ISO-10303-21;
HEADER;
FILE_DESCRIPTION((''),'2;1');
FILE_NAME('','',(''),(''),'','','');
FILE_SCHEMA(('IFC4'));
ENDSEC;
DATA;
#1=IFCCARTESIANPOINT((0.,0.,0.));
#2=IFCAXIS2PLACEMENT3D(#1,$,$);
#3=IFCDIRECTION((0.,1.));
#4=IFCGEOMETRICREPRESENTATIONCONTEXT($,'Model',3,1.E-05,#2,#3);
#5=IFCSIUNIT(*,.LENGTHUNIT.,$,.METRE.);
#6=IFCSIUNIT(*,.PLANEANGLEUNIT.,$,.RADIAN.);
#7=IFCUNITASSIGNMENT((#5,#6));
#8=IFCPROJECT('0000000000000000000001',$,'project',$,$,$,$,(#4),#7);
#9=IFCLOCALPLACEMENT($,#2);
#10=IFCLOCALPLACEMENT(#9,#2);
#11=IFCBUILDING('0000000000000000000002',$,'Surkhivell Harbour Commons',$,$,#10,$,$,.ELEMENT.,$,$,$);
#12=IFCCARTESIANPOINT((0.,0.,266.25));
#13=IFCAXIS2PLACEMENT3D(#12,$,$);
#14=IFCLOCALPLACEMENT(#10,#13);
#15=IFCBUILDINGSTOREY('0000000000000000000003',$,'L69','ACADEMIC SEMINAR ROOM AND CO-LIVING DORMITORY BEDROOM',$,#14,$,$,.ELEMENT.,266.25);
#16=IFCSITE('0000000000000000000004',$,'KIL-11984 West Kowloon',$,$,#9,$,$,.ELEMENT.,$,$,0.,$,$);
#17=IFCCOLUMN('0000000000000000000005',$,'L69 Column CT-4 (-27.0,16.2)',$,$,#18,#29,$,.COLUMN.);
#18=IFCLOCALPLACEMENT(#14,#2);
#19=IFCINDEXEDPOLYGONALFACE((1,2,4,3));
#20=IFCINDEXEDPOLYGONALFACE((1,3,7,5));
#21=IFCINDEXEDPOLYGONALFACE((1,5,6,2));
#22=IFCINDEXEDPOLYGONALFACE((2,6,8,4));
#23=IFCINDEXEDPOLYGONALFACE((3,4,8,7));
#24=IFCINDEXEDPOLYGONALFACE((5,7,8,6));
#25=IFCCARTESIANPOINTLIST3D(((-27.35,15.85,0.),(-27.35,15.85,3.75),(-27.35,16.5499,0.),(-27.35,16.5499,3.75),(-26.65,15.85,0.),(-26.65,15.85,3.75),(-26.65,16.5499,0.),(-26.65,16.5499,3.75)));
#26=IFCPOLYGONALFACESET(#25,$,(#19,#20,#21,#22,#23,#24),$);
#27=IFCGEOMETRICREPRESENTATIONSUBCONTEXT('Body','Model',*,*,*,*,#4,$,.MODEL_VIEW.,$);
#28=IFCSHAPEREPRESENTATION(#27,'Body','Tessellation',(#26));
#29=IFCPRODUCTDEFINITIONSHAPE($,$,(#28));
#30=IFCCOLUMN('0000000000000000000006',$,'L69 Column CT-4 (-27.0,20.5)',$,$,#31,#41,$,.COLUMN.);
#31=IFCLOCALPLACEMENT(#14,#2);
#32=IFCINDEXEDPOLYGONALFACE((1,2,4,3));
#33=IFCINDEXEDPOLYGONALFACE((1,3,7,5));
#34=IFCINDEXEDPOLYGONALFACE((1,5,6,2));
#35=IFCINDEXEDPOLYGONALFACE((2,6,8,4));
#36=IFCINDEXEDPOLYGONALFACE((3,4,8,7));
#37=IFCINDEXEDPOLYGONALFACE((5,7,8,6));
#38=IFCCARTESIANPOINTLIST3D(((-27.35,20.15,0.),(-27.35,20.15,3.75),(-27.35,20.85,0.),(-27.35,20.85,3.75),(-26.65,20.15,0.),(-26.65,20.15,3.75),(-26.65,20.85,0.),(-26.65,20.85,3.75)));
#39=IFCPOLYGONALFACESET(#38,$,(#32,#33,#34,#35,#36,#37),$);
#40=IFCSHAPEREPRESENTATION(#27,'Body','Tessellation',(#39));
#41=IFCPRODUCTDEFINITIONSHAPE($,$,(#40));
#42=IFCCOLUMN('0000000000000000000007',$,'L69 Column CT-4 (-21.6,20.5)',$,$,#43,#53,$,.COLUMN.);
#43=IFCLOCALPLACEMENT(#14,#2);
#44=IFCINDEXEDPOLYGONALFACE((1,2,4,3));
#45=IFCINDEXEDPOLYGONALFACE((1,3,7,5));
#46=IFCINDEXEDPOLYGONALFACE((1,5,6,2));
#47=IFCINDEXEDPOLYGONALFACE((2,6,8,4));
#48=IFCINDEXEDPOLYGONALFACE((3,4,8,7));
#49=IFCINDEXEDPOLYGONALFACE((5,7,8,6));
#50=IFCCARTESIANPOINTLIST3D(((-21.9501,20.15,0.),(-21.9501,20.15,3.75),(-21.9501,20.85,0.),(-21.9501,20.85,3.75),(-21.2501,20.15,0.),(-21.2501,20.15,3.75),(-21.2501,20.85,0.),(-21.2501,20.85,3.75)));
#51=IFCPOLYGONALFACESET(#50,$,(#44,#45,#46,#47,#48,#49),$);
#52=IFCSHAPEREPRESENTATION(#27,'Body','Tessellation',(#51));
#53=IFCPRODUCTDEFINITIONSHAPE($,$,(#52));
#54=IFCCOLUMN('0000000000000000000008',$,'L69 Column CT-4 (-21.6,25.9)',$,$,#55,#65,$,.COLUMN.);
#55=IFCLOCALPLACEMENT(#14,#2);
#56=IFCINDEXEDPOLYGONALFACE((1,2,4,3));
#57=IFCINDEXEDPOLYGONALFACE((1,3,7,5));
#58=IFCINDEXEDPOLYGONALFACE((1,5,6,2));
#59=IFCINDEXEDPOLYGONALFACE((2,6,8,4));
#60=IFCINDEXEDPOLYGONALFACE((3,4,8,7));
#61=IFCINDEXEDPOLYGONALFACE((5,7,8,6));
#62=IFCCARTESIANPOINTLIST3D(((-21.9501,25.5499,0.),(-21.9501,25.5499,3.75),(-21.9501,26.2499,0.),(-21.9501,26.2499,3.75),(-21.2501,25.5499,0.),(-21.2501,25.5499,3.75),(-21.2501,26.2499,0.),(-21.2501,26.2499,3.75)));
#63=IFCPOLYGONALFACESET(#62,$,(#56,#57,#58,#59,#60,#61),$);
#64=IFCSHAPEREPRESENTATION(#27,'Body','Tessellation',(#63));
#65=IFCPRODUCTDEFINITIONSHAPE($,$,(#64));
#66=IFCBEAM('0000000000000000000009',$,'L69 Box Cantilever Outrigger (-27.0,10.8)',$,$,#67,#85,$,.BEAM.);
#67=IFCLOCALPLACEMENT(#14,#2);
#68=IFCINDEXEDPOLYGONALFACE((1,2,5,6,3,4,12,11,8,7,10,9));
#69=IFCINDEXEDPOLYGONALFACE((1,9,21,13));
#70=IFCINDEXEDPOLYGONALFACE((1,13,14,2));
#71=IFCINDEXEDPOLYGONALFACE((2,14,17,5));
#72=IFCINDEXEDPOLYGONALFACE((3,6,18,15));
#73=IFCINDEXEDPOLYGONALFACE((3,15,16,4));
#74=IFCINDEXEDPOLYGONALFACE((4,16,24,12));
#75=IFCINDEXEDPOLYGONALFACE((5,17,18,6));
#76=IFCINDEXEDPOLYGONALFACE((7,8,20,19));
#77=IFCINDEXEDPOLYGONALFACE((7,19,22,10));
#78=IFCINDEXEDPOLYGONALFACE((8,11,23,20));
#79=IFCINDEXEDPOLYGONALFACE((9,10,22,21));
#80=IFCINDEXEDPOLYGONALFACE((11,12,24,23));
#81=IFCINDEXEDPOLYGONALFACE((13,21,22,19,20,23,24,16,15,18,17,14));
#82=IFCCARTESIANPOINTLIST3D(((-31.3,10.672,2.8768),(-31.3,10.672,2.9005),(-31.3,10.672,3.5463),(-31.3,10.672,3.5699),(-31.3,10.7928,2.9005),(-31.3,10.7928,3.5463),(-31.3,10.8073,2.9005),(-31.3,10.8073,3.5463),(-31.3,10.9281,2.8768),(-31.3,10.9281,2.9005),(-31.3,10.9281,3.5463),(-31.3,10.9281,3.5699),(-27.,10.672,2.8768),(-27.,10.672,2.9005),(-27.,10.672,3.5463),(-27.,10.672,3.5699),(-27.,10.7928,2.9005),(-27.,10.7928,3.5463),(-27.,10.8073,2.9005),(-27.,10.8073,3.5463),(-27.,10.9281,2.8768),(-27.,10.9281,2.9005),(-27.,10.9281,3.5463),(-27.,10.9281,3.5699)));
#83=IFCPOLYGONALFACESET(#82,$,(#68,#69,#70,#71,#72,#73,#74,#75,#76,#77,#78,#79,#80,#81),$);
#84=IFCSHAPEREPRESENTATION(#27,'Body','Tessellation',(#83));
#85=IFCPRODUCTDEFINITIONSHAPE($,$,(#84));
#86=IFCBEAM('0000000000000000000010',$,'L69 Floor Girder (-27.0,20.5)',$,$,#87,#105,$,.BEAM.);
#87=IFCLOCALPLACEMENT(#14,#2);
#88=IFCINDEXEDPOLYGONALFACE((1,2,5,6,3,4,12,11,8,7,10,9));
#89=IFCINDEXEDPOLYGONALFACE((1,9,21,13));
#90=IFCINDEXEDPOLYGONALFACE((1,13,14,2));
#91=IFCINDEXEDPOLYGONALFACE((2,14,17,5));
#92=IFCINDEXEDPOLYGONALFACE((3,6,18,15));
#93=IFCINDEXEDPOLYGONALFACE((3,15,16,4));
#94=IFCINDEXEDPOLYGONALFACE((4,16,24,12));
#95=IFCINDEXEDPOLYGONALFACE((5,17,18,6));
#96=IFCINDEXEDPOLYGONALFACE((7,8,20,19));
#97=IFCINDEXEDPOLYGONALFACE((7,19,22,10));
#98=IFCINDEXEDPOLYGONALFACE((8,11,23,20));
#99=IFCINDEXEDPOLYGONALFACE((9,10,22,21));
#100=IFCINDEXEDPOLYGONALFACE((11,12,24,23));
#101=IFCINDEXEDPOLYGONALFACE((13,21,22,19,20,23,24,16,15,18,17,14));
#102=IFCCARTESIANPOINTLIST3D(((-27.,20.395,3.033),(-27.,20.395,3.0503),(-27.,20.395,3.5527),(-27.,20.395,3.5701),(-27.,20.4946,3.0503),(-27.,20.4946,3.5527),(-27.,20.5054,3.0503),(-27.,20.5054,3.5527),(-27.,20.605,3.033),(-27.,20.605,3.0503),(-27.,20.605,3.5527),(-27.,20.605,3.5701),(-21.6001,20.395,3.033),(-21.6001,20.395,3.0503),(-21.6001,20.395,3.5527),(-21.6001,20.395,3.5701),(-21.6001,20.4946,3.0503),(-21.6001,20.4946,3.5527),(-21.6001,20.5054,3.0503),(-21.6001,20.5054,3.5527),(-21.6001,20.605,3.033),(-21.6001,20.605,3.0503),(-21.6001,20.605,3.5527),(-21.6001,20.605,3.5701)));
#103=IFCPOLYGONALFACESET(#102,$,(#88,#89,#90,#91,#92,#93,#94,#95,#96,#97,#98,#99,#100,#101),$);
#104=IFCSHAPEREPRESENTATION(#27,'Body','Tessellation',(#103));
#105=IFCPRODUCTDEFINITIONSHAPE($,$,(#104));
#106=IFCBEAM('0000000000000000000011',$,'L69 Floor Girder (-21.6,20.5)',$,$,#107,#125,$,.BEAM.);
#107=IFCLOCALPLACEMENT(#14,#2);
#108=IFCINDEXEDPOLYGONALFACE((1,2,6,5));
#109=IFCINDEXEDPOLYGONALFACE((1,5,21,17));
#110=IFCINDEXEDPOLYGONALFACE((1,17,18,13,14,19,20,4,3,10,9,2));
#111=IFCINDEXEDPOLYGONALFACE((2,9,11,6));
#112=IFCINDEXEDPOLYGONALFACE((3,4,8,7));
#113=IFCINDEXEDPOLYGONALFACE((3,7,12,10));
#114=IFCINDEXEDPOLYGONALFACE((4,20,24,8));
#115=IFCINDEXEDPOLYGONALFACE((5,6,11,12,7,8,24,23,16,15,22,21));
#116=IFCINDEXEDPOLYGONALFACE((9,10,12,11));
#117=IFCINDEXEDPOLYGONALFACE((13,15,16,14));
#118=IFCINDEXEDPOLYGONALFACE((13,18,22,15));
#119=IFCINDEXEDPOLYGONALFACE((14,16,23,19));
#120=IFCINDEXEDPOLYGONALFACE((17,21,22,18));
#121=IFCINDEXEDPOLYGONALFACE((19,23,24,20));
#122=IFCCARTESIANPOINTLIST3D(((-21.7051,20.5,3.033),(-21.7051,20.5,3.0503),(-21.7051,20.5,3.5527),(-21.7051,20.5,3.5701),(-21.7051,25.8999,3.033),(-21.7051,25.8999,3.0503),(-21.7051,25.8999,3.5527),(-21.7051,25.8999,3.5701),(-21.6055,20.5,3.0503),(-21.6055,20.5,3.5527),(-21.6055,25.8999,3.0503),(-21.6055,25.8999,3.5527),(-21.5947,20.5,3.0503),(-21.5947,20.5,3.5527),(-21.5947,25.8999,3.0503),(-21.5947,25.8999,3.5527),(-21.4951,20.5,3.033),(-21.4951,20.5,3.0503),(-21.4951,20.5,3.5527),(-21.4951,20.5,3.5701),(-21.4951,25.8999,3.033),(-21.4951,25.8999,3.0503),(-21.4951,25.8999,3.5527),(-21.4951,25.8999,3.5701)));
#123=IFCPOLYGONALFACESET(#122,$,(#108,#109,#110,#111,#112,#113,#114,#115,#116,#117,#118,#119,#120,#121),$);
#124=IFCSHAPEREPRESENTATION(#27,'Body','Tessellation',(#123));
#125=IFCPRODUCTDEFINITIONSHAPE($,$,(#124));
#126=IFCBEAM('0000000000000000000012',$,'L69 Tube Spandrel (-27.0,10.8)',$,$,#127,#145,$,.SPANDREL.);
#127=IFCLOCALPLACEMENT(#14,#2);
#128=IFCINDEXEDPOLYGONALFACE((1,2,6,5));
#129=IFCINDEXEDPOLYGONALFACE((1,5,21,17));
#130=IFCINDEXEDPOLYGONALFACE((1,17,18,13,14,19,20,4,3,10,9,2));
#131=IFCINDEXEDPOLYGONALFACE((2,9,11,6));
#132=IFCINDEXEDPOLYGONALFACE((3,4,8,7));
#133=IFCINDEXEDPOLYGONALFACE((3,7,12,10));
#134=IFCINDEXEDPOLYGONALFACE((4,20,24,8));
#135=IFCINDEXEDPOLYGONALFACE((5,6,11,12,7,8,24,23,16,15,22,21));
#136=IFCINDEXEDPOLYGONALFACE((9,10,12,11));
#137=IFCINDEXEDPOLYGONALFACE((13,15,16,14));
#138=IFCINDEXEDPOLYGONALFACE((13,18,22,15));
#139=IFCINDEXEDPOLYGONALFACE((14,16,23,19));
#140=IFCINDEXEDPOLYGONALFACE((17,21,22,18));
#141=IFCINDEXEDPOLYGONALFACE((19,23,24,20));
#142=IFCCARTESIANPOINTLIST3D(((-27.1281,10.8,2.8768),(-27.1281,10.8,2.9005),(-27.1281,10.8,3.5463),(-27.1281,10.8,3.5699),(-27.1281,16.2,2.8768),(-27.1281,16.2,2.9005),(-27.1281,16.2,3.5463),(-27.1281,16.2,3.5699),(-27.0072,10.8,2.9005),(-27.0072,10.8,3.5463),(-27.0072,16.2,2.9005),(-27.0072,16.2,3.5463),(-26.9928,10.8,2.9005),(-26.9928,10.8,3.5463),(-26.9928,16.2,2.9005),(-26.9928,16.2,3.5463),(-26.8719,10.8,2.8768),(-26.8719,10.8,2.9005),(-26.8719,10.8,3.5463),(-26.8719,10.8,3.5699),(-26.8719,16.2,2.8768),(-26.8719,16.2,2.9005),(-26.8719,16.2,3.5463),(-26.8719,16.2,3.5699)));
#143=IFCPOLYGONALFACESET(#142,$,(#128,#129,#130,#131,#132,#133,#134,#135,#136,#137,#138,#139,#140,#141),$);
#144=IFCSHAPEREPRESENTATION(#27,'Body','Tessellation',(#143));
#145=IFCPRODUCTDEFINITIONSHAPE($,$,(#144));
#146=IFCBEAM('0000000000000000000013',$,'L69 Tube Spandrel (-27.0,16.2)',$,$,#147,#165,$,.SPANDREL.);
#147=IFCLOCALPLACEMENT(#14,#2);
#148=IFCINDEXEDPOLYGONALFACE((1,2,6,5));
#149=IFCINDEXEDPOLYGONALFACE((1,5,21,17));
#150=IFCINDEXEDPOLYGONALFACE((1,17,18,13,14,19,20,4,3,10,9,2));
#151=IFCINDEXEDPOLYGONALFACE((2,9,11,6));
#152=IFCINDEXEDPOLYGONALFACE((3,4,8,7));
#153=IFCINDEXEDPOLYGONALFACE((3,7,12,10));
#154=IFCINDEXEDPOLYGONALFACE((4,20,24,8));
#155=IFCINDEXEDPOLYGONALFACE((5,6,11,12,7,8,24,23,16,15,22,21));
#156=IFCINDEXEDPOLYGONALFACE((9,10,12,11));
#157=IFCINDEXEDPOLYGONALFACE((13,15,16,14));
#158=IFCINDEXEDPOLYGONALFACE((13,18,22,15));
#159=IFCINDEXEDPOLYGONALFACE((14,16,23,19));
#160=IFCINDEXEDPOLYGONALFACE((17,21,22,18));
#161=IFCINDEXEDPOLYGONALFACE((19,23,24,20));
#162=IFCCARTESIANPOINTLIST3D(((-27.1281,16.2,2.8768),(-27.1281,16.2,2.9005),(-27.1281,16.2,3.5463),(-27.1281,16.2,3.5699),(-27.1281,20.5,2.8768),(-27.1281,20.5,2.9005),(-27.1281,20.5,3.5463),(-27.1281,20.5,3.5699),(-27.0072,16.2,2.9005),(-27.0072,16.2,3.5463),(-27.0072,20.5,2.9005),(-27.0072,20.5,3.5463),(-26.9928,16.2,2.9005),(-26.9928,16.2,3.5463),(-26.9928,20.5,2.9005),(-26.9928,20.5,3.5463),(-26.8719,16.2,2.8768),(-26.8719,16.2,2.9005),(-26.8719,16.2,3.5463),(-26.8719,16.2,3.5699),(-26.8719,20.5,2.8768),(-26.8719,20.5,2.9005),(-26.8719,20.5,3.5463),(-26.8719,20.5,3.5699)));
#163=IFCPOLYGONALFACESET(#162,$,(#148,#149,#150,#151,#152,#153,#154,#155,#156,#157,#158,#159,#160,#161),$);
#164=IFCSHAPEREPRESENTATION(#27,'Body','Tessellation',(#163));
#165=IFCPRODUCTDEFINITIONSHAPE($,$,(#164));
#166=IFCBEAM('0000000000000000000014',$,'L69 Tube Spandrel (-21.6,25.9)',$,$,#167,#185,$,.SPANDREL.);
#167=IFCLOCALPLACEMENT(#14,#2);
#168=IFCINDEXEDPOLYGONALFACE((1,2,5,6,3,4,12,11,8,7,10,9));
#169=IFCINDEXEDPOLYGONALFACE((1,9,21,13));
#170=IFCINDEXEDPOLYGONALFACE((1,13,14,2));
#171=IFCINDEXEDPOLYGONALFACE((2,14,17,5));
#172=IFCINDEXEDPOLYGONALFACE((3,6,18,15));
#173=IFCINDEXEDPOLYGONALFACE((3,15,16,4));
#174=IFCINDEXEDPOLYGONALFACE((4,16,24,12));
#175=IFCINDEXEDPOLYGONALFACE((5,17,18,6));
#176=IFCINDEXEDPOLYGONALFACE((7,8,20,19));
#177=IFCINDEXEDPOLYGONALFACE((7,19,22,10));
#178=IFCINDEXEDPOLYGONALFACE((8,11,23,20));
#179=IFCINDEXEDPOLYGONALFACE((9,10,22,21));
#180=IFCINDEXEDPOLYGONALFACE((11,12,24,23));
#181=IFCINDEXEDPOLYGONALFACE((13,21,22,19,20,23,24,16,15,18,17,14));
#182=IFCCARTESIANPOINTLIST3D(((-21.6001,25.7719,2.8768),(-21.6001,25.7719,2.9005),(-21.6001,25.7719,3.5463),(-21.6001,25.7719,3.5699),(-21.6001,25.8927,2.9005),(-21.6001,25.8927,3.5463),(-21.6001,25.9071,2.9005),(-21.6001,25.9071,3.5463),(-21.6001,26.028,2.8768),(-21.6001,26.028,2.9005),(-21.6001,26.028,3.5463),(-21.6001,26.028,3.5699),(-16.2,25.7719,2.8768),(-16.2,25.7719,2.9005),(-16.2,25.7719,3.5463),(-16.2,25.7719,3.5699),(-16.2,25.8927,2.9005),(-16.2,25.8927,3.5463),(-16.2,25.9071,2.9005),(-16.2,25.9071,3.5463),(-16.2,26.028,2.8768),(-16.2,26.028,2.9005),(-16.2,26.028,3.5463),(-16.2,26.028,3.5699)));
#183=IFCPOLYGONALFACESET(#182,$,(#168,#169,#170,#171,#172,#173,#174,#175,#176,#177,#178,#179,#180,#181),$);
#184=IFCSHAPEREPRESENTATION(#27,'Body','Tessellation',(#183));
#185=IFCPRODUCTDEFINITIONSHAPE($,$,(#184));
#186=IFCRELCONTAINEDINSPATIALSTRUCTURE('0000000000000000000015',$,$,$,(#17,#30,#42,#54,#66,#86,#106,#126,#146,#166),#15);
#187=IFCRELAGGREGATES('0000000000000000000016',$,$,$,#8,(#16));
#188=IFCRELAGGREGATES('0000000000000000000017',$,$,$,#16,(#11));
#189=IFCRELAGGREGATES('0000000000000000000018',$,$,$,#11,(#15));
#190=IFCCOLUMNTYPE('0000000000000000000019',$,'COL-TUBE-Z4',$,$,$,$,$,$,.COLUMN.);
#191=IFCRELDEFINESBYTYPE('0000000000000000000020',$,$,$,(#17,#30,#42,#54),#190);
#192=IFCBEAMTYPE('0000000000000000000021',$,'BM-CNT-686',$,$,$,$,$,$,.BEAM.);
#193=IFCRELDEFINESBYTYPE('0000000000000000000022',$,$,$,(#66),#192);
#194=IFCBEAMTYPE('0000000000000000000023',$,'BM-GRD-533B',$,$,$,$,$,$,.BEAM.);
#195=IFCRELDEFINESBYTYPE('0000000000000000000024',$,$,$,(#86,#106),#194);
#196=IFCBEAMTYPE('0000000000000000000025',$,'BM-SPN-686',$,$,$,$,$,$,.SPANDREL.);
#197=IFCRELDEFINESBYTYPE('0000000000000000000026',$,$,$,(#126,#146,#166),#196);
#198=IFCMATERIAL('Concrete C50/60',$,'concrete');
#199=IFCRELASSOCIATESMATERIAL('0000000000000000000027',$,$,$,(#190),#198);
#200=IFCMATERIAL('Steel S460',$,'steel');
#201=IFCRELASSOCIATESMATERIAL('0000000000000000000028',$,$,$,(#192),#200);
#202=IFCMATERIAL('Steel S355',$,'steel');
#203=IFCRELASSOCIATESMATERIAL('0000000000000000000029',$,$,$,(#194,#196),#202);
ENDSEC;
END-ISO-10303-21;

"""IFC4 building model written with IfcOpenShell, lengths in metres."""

from ifc_helpers import new_model, si_unit, direction, frame, origin, origin_2d, place, context, subcontext, project, spatial, rectangle, i_section, extrude, material, material_profile, profile_set, type_object, element, save


model = new_model("IFC4")

# Units and contexts
model_context = context("Model", 3, precision=1e-05, world=origin(), true_north=direction((0.0, 1.0)))
body_context = subcontext(model_context, "Body", "Model", "MODEL_VIEW")
ifc_project = project(units=[si_unit("LENGTHUNIT", "METRE"), si_unit("PLANEANGLEUNIT", "RADIAN")], contexts=[model_context])

# Site, building, storey
site_placement = place(None, origin())
site = spatial("IfcSite", under=ifc_project, at=site_placement, Name="KIL-11984 West Kowloon", CompositionType="ELEMENT", RefElevation=0.0)
building_placement = place(site_placement, origin())
building = spatial("IfcBuilding", under=site, at=building_placement, Name="Surkhivell Harbour Commons", CompositionType="ELEMENT")
storey_placement = place(building_placement, frame((0.0, 0.0, 266.25)))
storey = spatial("IfcBuildingStorey", under=building, at=storey_placement, Name="L69", Description="ACADEMIC SEMINAR ROOM AND CO-LIVING DORMITORY BEDROOM", CompositionType="ELEMENT", Elevation=266.25)

# Columns
ifc_material_1 = material(Name="Concrete C50/60", Category="concrete")
ifc_material_profile_1 = material_profile(ifc_material_1, rectangle(XDim=0.7, YDim=0.7, at=origin_2d()), Name="RC-COL-700x700")
ifc_profile_set_1 = profile_set([ifc_material_profile_1], Name="Concrete C50/60")
column_type = type_object("IfcColumnType", Name="COL-TUBE-Z4", PredefinedType="COLUMN", material=ifc_profile_set_1)
for number, where, z_axis, x_axis, name in (
    (1, (-27.0, 16.2, 0.0), (0.0, 0.0, 1.0), (1.0, 0.0, 0.0), "L69 Column CT-4 (-27.0,16.2)"),
    (2, (-27.0, 20.5, 0.0), (0.0, 0.0, 1.0), (1.0, 0.0, 0.0), "L69 Column CT-4 (-27.0,20.5)"),
    (3, (-21.6001, 20.5, 0.0), (0.0, 0.0, 1.0), (1.0, 0.0, 0.0), "L69 Column CT-4 (-21.6,20.5)"),
    (4, (-21.6001, 25.8999, 0.0), (0.0, 0.0, 1.0), (1.0, 0.0, 0.0), "L69 Column CT-4 (-21.6,25.9)"),
):
    element("IfcColumn", number, at=place(storey_placement, frame(where, z_axis=z_axis, x_axis=x_axis)), inside=storey, type_object=column_type, Name=name, PredefinedType="COLUMN", context=body_context, shape_type="SweptSolid", body=[
        extrude(rectangle(XDim=0.7, YDim=0.7, at=origin_2d()), origin(), (0.0, 0.0, 1.0), 3.75),
    ])

# Beams
ifc_material_2 = material(Name="Steel S460", Category="steel")
ifc_material_profile_2 = material_profile(ifc_material_2, i_section(OverallWidth=0.2561, OverallDepth=0.6931, WebThickness=0.0144, FlangeThickness=0.0237, at=origin_2d()), Name="UB686x254x170")
ifc_profile_set_2 = profile_set([ifc_material_profile_2], Name="Steel S460")
beam_type_1 = type_object("IfcBeamType", Name="BM-CNT-686", PredefinedType="BEAM", material=ifc_profile_set_2)
beam_1_placement = place(storey_placement, frame((-27.0, 10.8, 3.2234), z_axis=(-1.0, 0.0, 0.0), x_axis=(0.0, -1.0, 0.0)))
element("IfcBeam", 5, at=beam_1_placement, inside=storey, type_object=beam_type_1, Name="L69 Box Cantilever Outrigger (-27.0,10.8)", PredefinedType="BEAM", context=body_context, shape_type="SweptSolid", body=[
    extrude(i_section(OverallWidth=0.2561, OverallDepth=0.6931, WebThickness=0.0144, FlangeThickness=0.0237, at=origin_2d()), origin(), (0.0, 0.0, 1.0), 4.3),
])
ifc_material_3 = material(Name="Steel S355", Category="steel")
ifc_material_profile_3 = material_profile(ifc_material_3, i_section(OverallWidth=0.21, OverallDepth=0.5371, WebThickness=0.0107, FlangeThickness=0.0173, at=origin_2d()), Name="UB533x210x101")
ifc_profile_set_3 = profile_set([ifc_material_profile_3], Name="Steel S355")
beam_type_2 = type_object("IfcBeamType", Name="BM-GRD-533B", PredefinedType="BEAM", material=ifc_profile_set_3)
for number, where, z_axis, x_axis, name in (
    (6, (-27.0, 20.5, 3.3015), (1.0, 0.0, 0.0), (0.0, 1.0, 0.0), "L69 Floor Girder (-27.0,20.5)"),
    (7, (-21.6001, 20.5, 3.3015), (0.0, 1.0, 0.0), (-1.0, 0.0, 0.0), "L69 Floor Girder (-21.6,20.5)"),
):
    element("IfcBeam", number, at=place(storey_placement, frame(where, z_axis=z_axis, x_axis=x_axis)), inside=storey, type_object=beam_type_2, Name=name, PredefinedType="BEAM", context=body_context, shape_type="SweptSolid", body=[
        extrude(i_section(OverallWidth=0.21, OverallDepth=0.5371, WebThickness=0.0107, FlangeThickness=0.0173, at=origin_2d()), origin(), (0.0, 0.0, 1.0), 5.3999),
    ])
ifc_material_profile_4 = material_profile(ifc_material_3, i_section(OverallWidth=0.2561, OverallDepth=0.6931, WebThickness=0.0144, FlangeThickness=0.0237, at=origin_2d()), Name="UB686x254x170")
ifc_profile_set_4 = profile_set([ifc_material_profile_4], Name="Steel S355")
beam_type_3 = type_object("IfcBeamType", Name="BM-SPN-686", PredefinedType="SPANDREL", material=ifc_profile_set_4)
beam_2_placement = place(storey_placement, frame((-27.0, 10.8, 3.2234), z_axis=(0.0, 1.0, 0.0), x_axis=(-1.0, 0.0, 0.0)))
element("IfcBeam", 8, at=beam_2_placement, inside=storey, type_object=beam_type_3, Name="L69 Tube Spandrel (-27.0,10.8)", PredefinedType="SPANDREL", context=body_context, shape_type="SweptSolid", body=[
    extrude(i_section(OverallWidth=0.2561, OverallDepth=0.6931, WebThickness=0.0144, FlangeThickness=0.0237, at=origin_2d()), origin(), (0.0, 0.0, 1.0), 5.3999),
])
beam_3_placement = place(storey_placement, frame((-27.0, 16.2, 3.2234), z_axis=(0.0, 1.0, 0.0), x_axis=(-1.0, 0.0, 0.0)))
element("IfcBeam", 9, at=beam_3_placement, inside=storey, type_object=beam_type_3, Name="L69 Tube Spandrel (-27.0,16.2)", PredefinedType="SPANDREL", context=body_context, shape_type="SweptSolid", body=[
    extrude(i_section(OverallWidth=0.2561, OverallDepth=0.6931, WebThickness=0.0144, FlangeThickness=0.0237, at=origin_2d()), origin(), (0.0, 0.0, 1.0), 4.3),
])
beam_4_placement = place(storey_placement, frame((-21.6001, 25.8999, 3.2234), z_axis=(1.0, 0.0, 0.0), x_axis=(0.0, 1.0, 0.0)))
element("IfcBeam", 10, at=beam_4_placement, inside=storey, type_object=beam_type_3, Name="L69 Tube Spandrel (-21.6,25.9)", PredefinedType="SPANDREL", context=body_context, shape_type="SweptSolid", body=[
    extrude(i_section(OverallWidth=0.2561, OverallDepth=0.6931, WebThickness=0.0144, FlangeThickness=0.0237, at=origin_2d()), origin(), (0.0, 0.0, 1.0), 5.4001),
])

save(model, "model.ifc")
